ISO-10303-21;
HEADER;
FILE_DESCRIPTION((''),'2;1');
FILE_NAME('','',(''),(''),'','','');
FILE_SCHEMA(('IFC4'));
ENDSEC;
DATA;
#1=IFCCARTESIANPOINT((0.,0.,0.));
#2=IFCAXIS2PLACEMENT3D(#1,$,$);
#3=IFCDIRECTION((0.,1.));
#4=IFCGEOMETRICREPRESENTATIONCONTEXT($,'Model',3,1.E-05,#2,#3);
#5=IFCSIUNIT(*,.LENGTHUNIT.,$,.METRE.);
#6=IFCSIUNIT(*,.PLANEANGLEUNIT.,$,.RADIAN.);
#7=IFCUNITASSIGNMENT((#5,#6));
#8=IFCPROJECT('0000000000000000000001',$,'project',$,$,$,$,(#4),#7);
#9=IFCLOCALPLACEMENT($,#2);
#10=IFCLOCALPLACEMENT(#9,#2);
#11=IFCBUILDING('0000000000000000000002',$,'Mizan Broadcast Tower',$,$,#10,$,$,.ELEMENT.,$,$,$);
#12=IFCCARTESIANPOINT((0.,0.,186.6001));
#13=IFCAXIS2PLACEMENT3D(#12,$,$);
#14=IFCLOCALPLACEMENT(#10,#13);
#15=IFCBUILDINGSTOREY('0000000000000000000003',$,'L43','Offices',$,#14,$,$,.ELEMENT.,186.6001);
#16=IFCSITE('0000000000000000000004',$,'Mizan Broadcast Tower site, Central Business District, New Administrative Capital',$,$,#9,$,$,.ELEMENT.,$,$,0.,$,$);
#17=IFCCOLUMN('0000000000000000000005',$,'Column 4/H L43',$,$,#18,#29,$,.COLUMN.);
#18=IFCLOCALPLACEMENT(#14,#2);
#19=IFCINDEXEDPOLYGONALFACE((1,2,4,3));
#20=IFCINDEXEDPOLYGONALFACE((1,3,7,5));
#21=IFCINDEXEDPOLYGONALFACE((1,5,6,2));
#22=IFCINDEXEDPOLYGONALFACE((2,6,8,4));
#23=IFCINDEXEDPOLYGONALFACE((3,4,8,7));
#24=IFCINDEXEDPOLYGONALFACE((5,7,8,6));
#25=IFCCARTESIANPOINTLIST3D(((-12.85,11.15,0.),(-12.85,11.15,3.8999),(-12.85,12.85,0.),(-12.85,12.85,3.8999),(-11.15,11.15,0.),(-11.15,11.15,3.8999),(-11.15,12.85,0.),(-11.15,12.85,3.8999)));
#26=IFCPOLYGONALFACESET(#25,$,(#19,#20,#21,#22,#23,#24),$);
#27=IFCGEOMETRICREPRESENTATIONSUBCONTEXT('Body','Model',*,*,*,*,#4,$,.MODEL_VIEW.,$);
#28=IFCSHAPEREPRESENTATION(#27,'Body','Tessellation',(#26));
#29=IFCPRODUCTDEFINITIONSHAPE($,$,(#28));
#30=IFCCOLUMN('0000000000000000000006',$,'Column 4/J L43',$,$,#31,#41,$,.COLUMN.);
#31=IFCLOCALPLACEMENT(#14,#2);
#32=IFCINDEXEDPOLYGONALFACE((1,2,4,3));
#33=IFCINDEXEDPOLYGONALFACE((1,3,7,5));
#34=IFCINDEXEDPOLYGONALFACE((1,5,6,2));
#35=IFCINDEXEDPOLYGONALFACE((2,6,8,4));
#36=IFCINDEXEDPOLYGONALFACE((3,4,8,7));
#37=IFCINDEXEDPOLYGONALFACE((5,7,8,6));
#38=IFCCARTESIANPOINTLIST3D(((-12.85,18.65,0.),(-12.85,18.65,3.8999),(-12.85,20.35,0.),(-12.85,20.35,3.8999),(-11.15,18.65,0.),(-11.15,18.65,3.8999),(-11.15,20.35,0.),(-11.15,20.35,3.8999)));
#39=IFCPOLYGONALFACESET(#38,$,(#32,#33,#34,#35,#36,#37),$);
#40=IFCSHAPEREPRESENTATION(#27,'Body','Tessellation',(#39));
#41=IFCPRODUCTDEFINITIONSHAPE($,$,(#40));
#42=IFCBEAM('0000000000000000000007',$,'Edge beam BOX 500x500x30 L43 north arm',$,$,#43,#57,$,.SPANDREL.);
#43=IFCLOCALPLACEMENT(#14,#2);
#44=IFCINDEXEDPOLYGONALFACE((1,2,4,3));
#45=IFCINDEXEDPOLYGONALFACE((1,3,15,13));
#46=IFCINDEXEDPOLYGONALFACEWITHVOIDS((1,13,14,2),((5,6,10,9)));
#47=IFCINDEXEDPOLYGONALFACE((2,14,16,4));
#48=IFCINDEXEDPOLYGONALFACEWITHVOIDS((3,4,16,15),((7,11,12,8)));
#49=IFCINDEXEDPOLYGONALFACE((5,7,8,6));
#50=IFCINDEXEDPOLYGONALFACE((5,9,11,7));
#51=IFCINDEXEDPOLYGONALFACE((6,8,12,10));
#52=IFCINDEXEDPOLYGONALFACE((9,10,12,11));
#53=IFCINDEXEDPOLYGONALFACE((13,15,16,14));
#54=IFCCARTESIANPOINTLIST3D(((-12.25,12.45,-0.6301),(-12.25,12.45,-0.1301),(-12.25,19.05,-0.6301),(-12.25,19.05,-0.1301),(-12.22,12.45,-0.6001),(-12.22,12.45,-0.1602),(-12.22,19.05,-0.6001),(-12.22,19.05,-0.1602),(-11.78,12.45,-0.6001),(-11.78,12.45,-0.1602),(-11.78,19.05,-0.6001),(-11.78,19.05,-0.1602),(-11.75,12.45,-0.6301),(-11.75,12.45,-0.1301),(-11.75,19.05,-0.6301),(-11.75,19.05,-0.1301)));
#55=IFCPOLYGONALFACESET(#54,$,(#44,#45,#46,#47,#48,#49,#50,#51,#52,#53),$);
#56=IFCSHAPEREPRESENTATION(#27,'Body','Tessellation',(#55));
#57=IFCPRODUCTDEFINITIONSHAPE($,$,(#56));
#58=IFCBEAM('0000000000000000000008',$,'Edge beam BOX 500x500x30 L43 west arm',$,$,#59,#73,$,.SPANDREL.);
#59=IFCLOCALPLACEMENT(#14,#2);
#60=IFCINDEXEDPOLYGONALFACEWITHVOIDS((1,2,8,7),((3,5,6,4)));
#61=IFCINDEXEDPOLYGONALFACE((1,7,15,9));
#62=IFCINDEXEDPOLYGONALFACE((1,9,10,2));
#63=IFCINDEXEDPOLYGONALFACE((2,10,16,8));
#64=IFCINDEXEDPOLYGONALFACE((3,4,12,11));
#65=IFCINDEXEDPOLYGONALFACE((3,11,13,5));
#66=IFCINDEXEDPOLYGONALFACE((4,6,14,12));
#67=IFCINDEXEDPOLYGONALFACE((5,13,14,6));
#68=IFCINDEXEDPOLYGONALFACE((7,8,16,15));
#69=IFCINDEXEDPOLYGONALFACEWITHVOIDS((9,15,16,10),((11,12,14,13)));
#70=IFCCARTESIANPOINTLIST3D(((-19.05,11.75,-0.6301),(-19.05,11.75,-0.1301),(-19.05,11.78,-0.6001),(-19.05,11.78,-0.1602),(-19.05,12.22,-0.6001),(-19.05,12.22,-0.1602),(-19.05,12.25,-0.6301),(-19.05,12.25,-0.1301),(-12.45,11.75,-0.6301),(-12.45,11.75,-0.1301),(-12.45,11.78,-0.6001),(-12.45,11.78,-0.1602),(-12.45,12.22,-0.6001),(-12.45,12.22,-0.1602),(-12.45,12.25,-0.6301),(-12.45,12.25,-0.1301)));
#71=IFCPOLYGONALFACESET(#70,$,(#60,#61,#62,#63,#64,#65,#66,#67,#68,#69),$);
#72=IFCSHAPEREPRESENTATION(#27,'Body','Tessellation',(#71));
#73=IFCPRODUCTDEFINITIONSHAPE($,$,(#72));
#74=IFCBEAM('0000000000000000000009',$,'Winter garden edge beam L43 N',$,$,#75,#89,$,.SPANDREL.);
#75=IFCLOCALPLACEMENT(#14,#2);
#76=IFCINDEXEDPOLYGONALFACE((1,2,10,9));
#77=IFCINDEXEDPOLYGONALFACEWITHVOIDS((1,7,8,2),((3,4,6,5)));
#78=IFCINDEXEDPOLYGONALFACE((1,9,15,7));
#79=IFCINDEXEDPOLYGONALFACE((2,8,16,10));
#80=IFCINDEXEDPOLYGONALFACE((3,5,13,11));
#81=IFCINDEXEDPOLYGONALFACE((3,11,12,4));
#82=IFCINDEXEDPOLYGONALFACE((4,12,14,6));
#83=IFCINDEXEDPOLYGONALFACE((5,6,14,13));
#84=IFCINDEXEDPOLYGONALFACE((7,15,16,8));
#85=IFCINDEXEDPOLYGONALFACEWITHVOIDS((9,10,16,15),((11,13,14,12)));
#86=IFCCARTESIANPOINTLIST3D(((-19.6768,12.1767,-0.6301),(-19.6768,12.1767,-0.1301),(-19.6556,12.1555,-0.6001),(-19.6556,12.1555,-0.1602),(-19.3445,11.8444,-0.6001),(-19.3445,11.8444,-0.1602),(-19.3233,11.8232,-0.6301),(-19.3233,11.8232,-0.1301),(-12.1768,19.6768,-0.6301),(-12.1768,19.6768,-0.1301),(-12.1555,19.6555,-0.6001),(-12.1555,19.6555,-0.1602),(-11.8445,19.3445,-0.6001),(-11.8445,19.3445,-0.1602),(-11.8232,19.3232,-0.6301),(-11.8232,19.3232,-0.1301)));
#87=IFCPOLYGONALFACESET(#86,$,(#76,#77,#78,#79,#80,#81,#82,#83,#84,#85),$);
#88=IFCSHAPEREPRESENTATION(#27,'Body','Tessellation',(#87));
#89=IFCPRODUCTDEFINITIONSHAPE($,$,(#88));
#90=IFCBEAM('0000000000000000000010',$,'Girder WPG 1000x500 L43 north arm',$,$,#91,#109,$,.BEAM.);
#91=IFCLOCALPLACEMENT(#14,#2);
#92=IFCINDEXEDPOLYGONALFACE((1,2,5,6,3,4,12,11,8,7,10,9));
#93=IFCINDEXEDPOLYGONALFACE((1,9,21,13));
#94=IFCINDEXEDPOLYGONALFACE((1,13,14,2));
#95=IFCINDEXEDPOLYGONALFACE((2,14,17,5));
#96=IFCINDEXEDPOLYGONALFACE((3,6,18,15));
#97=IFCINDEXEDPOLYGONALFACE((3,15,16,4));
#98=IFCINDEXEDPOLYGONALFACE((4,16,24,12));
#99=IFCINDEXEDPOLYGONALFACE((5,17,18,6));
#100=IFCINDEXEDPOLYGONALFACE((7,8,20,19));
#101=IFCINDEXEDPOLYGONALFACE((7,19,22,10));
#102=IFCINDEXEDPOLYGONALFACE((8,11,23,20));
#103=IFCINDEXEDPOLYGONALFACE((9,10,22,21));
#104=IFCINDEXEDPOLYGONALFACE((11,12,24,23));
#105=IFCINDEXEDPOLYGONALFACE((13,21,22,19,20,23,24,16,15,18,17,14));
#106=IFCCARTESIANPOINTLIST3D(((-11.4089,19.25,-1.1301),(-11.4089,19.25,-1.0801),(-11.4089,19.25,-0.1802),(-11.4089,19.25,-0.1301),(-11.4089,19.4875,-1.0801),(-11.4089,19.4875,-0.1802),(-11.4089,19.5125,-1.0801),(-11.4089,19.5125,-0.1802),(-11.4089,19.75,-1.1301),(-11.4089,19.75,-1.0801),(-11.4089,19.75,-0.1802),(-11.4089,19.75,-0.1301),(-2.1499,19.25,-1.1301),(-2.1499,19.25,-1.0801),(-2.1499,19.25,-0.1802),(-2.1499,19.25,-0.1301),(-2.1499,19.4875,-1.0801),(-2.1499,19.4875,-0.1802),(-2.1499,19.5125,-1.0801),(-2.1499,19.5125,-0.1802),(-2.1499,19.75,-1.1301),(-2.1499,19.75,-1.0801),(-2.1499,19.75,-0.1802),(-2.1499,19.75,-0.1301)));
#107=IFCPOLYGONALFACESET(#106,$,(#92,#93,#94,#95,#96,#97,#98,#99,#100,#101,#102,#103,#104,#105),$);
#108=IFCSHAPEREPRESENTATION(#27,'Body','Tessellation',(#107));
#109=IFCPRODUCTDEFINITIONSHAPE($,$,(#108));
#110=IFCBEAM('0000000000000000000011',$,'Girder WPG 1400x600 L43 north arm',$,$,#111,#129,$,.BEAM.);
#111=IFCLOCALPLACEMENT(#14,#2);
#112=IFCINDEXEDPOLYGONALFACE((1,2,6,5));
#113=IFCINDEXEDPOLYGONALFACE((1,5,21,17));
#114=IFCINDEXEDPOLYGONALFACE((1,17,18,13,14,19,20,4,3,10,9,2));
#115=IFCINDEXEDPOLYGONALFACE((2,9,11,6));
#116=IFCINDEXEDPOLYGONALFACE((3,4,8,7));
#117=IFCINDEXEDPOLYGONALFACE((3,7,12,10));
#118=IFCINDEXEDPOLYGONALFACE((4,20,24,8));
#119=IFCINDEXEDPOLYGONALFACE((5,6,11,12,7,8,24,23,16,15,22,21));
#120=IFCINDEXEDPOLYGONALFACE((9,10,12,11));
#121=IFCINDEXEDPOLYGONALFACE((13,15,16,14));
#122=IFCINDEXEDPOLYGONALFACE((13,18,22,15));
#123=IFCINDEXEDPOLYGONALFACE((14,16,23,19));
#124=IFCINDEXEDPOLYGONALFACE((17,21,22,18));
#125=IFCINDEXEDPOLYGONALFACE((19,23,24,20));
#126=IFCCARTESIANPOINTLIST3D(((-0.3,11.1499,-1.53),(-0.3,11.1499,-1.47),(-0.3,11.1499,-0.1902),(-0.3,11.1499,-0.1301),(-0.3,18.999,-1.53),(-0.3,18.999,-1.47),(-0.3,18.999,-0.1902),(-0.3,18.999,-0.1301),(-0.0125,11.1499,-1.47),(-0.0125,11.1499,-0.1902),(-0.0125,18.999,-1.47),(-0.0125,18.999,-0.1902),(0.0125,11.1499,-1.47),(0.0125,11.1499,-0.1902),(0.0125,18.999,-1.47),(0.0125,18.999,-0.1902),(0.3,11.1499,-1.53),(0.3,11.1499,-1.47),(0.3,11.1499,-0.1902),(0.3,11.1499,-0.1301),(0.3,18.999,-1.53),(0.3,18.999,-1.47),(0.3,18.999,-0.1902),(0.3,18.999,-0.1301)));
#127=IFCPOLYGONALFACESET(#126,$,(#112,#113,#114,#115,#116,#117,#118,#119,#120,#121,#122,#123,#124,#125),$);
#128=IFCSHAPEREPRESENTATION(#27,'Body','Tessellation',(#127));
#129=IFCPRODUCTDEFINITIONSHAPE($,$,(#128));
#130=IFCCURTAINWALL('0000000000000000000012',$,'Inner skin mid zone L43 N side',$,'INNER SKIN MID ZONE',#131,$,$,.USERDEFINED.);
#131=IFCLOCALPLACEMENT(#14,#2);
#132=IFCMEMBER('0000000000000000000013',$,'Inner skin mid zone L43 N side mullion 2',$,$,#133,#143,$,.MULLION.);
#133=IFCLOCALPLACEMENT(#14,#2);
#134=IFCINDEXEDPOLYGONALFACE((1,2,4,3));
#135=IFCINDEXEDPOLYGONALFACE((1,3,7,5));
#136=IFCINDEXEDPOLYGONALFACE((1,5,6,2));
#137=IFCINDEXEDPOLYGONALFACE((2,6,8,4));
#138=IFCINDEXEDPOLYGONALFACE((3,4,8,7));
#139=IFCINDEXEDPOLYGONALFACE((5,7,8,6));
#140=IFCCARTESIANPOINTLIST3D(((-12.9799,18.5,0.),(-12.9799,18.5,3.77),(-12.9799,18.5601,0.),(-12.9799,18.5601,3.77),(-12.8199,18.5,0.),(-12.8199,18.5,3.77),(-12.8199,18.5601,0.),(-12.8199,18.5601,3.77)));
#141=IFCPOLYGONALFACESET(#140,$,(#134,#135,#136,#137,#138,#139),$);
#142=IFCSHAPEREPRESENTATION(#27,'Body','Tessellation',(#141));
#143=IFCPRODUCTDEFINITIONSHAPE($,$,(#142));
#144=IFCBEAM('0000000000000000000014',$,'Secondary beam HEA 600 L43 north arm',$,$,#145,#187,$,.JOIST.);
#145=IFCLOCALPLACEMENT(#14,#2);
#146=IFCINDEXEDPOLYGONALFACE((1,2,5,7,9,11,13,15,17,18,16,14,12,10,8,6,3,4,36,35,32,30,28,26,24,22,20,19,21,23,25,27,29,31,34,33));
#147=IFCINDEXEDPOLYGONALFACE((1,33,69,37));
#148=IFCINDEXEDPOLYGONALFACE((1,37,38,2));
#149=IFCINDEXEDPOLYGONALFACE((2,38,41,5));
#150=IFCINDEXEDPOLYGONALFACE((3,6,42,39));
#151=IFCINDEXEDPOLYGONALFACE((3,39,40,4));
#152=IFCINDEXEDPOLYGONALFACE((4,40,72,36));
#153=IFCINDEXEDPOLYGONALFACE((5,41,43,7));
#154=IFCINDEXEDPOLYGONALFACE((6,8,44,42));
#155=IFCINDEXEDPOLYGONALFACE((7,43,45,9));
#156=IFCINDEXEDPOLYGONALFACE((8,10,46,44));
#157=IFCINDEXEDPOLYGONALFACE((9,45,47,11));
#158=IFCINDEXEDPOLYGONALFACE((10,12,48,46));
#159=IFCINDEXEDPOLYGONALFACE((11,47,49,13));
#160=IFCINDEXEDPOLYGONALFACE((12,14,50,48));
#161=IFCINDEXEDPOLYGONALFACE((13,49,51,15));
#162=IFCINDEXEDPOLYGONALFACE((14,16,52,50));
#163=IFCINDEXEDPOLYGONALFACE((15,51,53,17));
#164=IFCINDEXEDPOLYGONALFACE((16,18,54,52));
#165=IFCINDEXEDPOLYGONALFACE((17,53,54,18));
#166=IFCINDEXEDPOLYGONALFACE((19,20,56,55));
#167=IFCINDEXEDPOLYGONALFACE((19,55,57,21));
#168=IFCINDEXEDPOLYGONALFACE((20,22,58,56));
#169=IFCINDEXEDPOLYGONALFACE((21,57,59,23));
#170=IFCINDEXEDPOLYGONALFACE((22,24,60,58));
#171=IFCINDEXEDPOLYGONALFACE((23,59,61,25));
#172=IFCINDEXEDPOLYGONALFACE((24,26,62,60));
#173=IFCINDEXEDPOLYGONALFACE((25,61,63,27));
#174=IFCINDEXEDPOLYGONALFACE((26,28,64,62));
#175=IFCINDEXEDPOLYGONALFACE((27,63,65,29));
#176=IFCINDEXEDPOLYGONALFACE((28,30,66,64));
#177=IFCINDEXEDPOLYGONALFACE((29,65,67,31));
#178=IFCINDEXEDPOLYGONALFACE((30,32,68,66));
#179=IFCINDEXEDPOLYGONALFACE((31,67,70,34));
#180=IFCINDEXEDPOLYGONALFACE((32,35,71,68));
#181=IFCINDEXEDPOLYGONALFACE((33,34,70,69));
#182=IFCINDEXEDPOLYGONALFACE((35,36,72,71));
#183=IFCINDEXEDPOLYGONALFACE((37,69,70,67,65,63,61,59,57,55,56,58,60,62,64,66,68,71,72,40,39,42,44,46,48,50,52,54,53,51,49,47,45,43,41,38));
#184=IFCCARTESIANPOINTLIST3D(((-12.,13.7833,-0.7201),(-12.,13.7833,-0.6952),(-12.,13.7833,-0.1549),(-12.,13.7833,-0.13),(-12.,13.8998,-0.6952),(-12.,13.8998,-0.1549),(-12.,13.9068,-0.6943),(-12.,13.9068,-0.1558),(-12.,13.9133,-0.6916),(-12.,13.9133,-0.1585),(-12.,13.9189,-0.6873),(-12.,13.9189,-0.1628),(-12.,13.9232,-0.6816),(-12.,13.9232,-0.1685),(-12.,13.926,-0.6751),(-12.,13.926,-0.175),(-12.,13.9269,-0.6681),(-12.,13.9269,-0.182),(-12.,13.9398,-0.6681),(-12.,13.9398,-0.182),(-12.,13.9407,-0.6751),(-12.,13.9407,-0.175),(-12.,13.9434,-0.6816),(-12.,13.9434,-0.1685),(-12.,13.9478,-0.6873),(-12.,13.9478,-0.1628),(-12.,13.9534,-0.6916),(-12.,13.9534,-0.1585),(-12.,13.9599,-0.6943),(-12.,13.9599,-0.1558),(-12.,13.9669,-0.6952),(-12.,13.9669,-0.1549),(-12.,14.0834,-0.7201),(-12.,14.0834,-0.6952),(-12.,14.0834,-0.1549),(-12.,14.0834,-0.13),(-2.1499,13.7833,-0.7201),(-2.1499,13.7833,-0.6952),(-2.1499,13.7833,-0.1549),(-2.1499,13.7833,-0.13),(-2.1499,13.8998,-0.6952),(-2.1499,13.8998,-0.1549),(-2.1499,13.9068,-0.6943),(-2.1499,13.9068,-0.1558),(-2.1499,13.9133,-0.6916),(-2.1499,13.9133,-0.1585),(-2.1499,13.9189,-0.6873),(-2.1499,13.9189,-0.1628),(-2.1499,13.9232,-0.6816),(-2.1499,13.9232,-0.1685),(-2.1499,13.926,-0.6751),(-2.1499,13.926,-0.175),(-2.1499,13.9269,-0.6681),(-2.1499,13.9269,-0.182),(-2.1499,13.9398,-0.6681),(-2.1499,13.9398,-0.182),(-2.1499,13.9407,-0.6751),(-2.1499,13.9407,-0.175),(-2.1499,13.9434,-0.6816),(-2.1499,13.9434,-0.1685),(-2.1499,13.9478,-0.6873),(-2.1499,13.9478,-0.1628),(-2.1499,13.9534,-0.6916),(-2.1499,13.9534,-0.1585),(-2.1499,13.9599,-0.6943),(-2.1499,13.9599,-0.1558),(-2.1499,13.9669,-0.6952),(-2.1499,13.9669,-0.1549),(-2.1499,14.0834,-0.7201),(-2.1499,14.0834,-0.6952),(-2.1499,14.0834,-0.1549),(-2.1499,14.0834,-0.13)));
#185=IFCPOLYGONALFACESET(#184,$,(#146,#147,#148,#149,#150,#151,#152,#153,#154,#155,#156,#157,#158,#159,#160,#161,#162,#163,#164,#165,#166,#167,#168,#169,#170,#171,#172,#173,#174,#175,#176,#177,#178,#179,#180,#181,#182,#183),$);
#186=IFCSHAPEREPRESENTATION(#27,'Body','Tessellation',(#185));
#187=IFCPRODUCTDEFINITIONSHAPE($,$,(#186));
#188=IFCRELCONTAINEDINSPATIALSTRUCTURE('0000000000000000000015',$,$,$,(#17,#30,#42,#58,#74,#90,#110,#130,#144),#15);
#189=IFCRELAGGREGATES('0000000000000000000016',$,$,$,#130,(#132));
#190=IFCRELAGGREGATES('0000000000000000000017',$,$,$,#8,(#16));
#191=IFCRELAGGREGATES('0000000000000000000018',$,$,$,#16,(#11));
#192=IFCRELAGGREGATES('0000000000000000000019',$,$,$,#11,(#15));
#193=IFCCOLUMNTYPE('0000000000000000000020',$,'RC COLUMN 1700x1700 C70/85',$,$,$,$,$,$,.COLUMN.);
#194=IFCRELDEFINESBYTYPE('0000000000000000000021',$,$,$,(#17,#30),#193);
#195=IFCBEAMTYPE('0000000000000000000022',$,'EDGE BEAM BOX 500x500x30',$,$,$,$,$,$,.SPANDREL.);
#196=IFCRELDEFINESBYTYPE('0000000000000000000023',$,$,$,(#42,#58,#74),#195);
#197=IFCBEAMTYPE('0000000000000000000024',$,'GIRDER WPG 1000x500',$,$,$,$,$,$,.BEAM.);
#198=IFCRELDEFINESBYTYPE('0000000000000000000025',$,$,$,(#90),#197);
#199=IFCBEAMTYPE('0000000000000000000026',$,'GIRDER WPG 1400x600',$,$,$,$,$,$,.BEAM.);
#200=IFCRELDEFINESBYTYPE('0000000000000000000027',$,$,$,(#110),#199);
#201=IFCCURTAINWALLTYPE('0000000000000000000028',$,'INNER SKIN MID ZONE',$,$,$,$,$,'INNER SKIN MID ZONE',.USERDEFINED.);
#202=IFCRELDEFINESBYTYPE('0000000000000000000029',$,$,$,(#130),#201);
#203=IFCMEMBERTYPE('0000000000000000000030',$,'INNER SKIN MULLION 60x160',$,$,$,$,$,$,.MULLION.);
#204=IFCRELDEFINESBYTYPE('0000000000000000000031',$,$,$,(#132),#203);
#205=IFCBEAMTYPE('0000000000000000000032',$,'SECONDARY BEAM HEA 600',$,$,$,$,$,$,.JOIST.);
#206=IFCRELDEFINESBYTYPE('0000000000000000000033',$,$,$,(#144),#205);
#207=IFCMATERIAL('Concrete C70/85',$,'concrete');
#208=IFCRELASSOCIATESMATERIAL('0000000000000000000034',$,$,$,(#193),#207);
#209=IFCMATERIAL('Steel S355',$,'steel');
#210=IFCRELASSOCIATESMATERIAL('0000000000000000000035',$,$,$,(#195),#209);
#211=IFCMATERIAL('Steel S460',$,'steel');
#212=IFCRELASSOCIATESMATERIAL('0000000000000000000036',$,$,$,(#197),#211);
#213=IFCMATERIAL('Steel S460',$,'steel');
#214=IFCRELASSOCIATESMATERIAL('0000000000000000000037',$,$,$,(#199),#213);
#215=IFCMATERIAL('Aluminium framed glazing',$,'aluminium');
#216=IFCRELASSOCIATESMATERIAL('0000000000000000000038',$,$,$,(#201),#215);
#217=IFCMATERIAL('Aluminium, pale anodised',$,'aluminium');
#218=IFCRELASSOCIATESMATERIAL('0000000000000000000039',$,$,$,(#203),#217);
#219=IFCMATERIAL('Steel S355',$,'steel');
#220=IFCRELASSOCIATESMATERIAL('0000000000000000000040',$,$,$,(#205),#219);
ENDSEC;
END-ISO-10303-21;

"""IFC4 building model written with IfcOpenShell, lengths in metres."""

from ifc_helpers import new_model, si_unit, direction, frame, origin, origin_2d, place, context, subcontext, project, spatial, rectangle, hollow_rectangle, i_section, extrude, material, material_profile, profile_set, type_object, element, aggregate, save


model = new_model("IFC4")

# Units and contexts
model_context = context("Model", 3, precision=1e-05, world=origin(), true_north=direction((0.0, 1.0)))
body_context = subcontext(model_context, "Body", "Model", "MODEL_VIEW")
ifc_project = project(units=[si_unit("LENGTHUNIT", "METRE"), si_unit("PLANEANGLEUNIT", "RADIAN")], contexts=[model_context])

# Site, building, storey
site_placement = place(None, origin())
site = spatial("IfcSite", under=ifc_project, at=site_placement, Name="Mizan Broadcast Tower site, Central Business District, New Administrative Capital", CompositionType="ELEMENT", RefElevation=0.0)
building_placement = place(site_placement, origin())
building = spatial("IfcBuilding", under=site, at=building_placement, Name="Mizan Broadcast Tower", CompositionType="ELEMENT")
storey_placement = place(building_placement, frame((0.0, 0.0, 186.6001)))
storey = spatial("IfcBuildingStorey", under=building, at=storey_placement, Name="L43", Description="Offices", CompositionType="ELEMENT", Elevation=186.6001)

# Columns
ifc_material_1 = material(Name="Concrete C70/85", Category="concrete")
ifc_material_profile_1 = material_profile(ifc_material_1, rectangle(XDim=1.7, YDim=1.7, at=origin_2d()), Name="RC 1700x1700")
ifc_profile_set_1 = profile_set([ifc_material_profile_1], Name="Concrete C70/85")
column_type = type_object("IfcColumnType", Name="RC COLUMN 1700x1700 C70/85", PredefinedType="COLUMN", material=ifc_profile_set_1)
for number, where, z_axis, x_axis, name in (
    (1, (-12.0, 12.0, 0.0), (0.0, 0.0, 1.0), (1.0, 0.0, 0.0), "Column 4/H L43"),
    (2, (-12.0, 19.5, 0.0), (0.0, 0.0, 1.0), (1.0, 0.0, 0.0), "Column 4/J L43"),
):
    element("IfcColumn", number, at=place(storey_placement, frame(where, z_axis=z_axis, x_axis=x_axis)), inside=storey, type_object=column_type, Name=name, PredefinedType="COLUMN", context=body_context, shape_type="SweptSolid", body=[
        extrude(rectangle(XDim=1.7, YDim=1.7, at=origin_2d()), origin(), (0.0, 0.0, 1.0), 3.8999),
    ])

# Beams
ifc_material_2 = material(Name="Steel S355", Category="steel")
ifc_material_profile_2 = material_profile(ifc_material_2, hollow_rectangle(XDim=0.5, YDim=0.5, WallThickness=0.03, at=origin_2d()), Name="BOX 500x500x30")
ifc_profile_set_2 = profile_set([ifc_material_profile_2], Name="Steel S355")
beam_type_1 = type_object("IfcBeamType", Name="EDGE BEAM BOX 500x500x30", PredefinedType="SPANDREL", material=ifc_profile_set_2)
for number, where, z_axis, x_axis, name in (
    (3, (-12.0, 12.45, -0.3801), (0.0, 1.0, 0.0), (-1.0, 0.0, 0.0), "Edge beam BOX 500x500x30 L43 north arm"),
    (4, (-12.45, 12.0, -0.3801), (-1.0, 0.0, 0.0), (0.0, -1.0, 0.0), "Edge beam BOX 500x500x30 L43 west arm"),
):
    element("IfcBeam", number, at=place(storey_placement, frame(where, z_axis=z_axis, x_axis=x_axis)), inside=storey, type_object=beam_type_1, Name=name, PredefinedType="SPANDREL", context=body_context, shape_type="SweptSolid", body=[
        extrude(hollow_rectangle(XDim=0.5, YDim=0.5, WallThickness=0.03, at=origin_2d()), origin(), (0.0, 0.0, 1.0), 6.6001),
    ])
beam_1_placement = place(storey_placement, frame((-12.0, 19.5, -0.3801), z_axis=(-0.707107, -0.707107, 0.0), x_axis=(0.707107, -0.707107, 0.0)))
element("IfcBeam", 5, at=beam_1_placement, inside=storey, type_object=beam_type_1, Name="Winter garden edge beam L43 N", PredefinedType="SPANDREL", context=body_context, shape_type="SweptSolid", body=[
    extrude(hollow_rectangle(XDim=0.5, YDim=0.5, WallThickness=0.03, at=origin_2d()), origin(), (0.0, 0.0, 1.0), 10.6067),
])
ifc_material_3 = material(Name="Steel S460", Category="steel")
ifc_material_profile_3 = material_profile(ifc_material_3, i_section(OverallWidth=0.5, OverallDepth=1.0, WebThickness=0.0249, FlangeThickness=0.05, at=origin_2d()), Name="WPG 1000x500")
ifc_profile_set_3 = profile_set([ifc_material_profile_3], Name="Steel S460")
beam_type_2 = type_object("IfcBeamType", Name="GIRDER WPG 1000x500", PredefinedType="BEAM", material=ifc_profile_set_3)
beam_2_placement = place(storey_placement, frame((-11.4089, 19.5, -0.6301), z_axis=(1.0, 0.0, 0.0), x_axis=(0.0, 1.0, 0.0)))
element("IfcBeam", 6, at=beam_2_placement, inside=storey, type_object=beam_type_2, Name="Girder WPG 1000x500 L43 north arm", PredefinedType="BEAM", context=body_context, shape_type="SweptSolid", body=[
    extrude(i_section(OverallWidth=0.5, OverallDepth=1.0, WebThickness=0.0249, FlangeThickness=0.05, at=origin_2d()), origin(), (0.0, 0.0, 1.0), 9.259),
])
ifc_material_4 = material(Name="Steel S460", Category="steel")
ifc_material_profile_4 = material_profile(ifc_material_4, i_section(OverallWidth=0.6001, OverallDepth=1.3999, WebThickness=0.0249, FlangeThickness=0.0601, at=origin_2d()), Name="WPG 1400x600")
ifc_profile_set_4 = profile_set([ifc_material_profile_4], Name="Steel S460")
beam_type_3 = type_object("IfcBeamType", Name="GIRDER WPG 1400x600", PredefinedType="BEAM", material=ifc_profile_set_4)
beam_3_placement = place(storey_placement, frame((0.0, 11.1499, -0.8301), z_axis=(0.0, 1.0, 0.0), x_axis=(-1.0, 0.0, 0.0)))
element("IfcBeam", 7, at=beam_3_placement, inside=storey, type_object=beam_type_3, Name="Girder WPG 1400x600 L43 north arm", PredefinedType="BEAM", context=body_context, shape_type="SweptSolid", body=[
    extrude(i_section(OverallWidth=0.6001, OverallDepth=1.3999, WebThickness=0.0249, FlangeThickness=0.0601, at=origin_2d()), origin(), (0.0, 0.0, 1.0), 7.8491),
])

# Curtain wall, member
ifc_material_5 = material(Name="Aluminium framed glazing", Category="aluminium")
curtain_wall_type = type_object("IfcCurtainWallType", Name="INNER SKIN MID ZONE", ElementType="INNER SKIN MID ZONE", PredefinedType="USERDEFINED", material=ifc_material_5)
curtain_wall_placement = place(storey_placement, origin())
curtain_wall = element("IfcCurtainWall", 8, at=curtain_wall_placement, inside=storey, type_object=curtain_wall_type, Name="Inner skin mid zone L43 N side", ObjectType="INNER SKIN MID ZONE", PredefinedType="USERDEFINED")
ifc_material_6 = material(Name="Aluminium, pale anodised", Category="aluminium")
ifc_material_profile_5 = material_profile(ifc_material_6, rectangle(XDim=0.1599, YDim=0.0601, at=origin_2d()), Name="MULLION 160x60")
ifc_profile_set_5 = profile_set([ifc_material_profile_5], Name="Aluminium, pale anodised")
member_type = type_object("IfcMemberType", Name="INNER SKIN MULLION 60x160", PredefinedType="MULLION", material=ifc_profile_set_5)
member_placement = place(storey_placement, frame((-12.8999, 18.53, 0.0), z_axis=(0.0, 0.0, 1.0), x_axis=(1.0, 0.0, 0.0)))
member = element("IfcMember", 9, at=member_placement, type_object=member_type, Name="Inner skin mid zone L43 N side mullion 2", PredefinedType="MULLION", context=body_context, shape_type="SweptSolid", body=[
    extrude(rectangle(XDim=0.1599, YDim=0.0601, at=origin_2d()), origin(), (0.0, 0.0, 1.0), 3.77),
])
aggregate(curtain_wall, [member])

# Beam
ifc_material_7 = material(Name="Steel S355", Category="steel")
ifc_material_profile_6 = material_profile(ifc_material_7, i_section(OverallWidth=0.3, OverallDepth=0.5901, WebThickness=0.0129, FlangeThickness=0.0249, FilletRadius=0.0271, at=origin_2d()), Name="HEA 600")
ifc_profile_set_6 = profile_set([ifc_material_profile_6], Name="Steel S355")
beam_type_4 = type_object("IfcBeamType", Name="SECONDARY BEAM HEA 600", PredefinedType="JOIST", material=ifc_profile_set_6)
for number, where, z_axis, x_axis, name in (
    (10, (-12.0, 13.9333, -0.425), (1.0, 0.0, 0.0), (0.0, 1.0, 0.0), "Secondary beam HEA 600 L43 north arm"),
):
    element("IfcBeam", number, at=place(storey_placement, frame(where, z_axis=z_axis, x_axis=x_axis)), inside=storey, type_object=beam_type_4, Name=name, PredefinedType="JOIST", context=body_context, shape_type="SweptSolid", body=[
        extrude(i_section(OverallWidth=0.3, OverallDepth=0.5901, WebThickness=0.0129, FlangeThickness=0.0249, FilletRadius=0.0271, at=origin_2d()), origin(), (0.0, 0.0, 1.0), 9.8501),
    ])

save(model, "model.ifc")
